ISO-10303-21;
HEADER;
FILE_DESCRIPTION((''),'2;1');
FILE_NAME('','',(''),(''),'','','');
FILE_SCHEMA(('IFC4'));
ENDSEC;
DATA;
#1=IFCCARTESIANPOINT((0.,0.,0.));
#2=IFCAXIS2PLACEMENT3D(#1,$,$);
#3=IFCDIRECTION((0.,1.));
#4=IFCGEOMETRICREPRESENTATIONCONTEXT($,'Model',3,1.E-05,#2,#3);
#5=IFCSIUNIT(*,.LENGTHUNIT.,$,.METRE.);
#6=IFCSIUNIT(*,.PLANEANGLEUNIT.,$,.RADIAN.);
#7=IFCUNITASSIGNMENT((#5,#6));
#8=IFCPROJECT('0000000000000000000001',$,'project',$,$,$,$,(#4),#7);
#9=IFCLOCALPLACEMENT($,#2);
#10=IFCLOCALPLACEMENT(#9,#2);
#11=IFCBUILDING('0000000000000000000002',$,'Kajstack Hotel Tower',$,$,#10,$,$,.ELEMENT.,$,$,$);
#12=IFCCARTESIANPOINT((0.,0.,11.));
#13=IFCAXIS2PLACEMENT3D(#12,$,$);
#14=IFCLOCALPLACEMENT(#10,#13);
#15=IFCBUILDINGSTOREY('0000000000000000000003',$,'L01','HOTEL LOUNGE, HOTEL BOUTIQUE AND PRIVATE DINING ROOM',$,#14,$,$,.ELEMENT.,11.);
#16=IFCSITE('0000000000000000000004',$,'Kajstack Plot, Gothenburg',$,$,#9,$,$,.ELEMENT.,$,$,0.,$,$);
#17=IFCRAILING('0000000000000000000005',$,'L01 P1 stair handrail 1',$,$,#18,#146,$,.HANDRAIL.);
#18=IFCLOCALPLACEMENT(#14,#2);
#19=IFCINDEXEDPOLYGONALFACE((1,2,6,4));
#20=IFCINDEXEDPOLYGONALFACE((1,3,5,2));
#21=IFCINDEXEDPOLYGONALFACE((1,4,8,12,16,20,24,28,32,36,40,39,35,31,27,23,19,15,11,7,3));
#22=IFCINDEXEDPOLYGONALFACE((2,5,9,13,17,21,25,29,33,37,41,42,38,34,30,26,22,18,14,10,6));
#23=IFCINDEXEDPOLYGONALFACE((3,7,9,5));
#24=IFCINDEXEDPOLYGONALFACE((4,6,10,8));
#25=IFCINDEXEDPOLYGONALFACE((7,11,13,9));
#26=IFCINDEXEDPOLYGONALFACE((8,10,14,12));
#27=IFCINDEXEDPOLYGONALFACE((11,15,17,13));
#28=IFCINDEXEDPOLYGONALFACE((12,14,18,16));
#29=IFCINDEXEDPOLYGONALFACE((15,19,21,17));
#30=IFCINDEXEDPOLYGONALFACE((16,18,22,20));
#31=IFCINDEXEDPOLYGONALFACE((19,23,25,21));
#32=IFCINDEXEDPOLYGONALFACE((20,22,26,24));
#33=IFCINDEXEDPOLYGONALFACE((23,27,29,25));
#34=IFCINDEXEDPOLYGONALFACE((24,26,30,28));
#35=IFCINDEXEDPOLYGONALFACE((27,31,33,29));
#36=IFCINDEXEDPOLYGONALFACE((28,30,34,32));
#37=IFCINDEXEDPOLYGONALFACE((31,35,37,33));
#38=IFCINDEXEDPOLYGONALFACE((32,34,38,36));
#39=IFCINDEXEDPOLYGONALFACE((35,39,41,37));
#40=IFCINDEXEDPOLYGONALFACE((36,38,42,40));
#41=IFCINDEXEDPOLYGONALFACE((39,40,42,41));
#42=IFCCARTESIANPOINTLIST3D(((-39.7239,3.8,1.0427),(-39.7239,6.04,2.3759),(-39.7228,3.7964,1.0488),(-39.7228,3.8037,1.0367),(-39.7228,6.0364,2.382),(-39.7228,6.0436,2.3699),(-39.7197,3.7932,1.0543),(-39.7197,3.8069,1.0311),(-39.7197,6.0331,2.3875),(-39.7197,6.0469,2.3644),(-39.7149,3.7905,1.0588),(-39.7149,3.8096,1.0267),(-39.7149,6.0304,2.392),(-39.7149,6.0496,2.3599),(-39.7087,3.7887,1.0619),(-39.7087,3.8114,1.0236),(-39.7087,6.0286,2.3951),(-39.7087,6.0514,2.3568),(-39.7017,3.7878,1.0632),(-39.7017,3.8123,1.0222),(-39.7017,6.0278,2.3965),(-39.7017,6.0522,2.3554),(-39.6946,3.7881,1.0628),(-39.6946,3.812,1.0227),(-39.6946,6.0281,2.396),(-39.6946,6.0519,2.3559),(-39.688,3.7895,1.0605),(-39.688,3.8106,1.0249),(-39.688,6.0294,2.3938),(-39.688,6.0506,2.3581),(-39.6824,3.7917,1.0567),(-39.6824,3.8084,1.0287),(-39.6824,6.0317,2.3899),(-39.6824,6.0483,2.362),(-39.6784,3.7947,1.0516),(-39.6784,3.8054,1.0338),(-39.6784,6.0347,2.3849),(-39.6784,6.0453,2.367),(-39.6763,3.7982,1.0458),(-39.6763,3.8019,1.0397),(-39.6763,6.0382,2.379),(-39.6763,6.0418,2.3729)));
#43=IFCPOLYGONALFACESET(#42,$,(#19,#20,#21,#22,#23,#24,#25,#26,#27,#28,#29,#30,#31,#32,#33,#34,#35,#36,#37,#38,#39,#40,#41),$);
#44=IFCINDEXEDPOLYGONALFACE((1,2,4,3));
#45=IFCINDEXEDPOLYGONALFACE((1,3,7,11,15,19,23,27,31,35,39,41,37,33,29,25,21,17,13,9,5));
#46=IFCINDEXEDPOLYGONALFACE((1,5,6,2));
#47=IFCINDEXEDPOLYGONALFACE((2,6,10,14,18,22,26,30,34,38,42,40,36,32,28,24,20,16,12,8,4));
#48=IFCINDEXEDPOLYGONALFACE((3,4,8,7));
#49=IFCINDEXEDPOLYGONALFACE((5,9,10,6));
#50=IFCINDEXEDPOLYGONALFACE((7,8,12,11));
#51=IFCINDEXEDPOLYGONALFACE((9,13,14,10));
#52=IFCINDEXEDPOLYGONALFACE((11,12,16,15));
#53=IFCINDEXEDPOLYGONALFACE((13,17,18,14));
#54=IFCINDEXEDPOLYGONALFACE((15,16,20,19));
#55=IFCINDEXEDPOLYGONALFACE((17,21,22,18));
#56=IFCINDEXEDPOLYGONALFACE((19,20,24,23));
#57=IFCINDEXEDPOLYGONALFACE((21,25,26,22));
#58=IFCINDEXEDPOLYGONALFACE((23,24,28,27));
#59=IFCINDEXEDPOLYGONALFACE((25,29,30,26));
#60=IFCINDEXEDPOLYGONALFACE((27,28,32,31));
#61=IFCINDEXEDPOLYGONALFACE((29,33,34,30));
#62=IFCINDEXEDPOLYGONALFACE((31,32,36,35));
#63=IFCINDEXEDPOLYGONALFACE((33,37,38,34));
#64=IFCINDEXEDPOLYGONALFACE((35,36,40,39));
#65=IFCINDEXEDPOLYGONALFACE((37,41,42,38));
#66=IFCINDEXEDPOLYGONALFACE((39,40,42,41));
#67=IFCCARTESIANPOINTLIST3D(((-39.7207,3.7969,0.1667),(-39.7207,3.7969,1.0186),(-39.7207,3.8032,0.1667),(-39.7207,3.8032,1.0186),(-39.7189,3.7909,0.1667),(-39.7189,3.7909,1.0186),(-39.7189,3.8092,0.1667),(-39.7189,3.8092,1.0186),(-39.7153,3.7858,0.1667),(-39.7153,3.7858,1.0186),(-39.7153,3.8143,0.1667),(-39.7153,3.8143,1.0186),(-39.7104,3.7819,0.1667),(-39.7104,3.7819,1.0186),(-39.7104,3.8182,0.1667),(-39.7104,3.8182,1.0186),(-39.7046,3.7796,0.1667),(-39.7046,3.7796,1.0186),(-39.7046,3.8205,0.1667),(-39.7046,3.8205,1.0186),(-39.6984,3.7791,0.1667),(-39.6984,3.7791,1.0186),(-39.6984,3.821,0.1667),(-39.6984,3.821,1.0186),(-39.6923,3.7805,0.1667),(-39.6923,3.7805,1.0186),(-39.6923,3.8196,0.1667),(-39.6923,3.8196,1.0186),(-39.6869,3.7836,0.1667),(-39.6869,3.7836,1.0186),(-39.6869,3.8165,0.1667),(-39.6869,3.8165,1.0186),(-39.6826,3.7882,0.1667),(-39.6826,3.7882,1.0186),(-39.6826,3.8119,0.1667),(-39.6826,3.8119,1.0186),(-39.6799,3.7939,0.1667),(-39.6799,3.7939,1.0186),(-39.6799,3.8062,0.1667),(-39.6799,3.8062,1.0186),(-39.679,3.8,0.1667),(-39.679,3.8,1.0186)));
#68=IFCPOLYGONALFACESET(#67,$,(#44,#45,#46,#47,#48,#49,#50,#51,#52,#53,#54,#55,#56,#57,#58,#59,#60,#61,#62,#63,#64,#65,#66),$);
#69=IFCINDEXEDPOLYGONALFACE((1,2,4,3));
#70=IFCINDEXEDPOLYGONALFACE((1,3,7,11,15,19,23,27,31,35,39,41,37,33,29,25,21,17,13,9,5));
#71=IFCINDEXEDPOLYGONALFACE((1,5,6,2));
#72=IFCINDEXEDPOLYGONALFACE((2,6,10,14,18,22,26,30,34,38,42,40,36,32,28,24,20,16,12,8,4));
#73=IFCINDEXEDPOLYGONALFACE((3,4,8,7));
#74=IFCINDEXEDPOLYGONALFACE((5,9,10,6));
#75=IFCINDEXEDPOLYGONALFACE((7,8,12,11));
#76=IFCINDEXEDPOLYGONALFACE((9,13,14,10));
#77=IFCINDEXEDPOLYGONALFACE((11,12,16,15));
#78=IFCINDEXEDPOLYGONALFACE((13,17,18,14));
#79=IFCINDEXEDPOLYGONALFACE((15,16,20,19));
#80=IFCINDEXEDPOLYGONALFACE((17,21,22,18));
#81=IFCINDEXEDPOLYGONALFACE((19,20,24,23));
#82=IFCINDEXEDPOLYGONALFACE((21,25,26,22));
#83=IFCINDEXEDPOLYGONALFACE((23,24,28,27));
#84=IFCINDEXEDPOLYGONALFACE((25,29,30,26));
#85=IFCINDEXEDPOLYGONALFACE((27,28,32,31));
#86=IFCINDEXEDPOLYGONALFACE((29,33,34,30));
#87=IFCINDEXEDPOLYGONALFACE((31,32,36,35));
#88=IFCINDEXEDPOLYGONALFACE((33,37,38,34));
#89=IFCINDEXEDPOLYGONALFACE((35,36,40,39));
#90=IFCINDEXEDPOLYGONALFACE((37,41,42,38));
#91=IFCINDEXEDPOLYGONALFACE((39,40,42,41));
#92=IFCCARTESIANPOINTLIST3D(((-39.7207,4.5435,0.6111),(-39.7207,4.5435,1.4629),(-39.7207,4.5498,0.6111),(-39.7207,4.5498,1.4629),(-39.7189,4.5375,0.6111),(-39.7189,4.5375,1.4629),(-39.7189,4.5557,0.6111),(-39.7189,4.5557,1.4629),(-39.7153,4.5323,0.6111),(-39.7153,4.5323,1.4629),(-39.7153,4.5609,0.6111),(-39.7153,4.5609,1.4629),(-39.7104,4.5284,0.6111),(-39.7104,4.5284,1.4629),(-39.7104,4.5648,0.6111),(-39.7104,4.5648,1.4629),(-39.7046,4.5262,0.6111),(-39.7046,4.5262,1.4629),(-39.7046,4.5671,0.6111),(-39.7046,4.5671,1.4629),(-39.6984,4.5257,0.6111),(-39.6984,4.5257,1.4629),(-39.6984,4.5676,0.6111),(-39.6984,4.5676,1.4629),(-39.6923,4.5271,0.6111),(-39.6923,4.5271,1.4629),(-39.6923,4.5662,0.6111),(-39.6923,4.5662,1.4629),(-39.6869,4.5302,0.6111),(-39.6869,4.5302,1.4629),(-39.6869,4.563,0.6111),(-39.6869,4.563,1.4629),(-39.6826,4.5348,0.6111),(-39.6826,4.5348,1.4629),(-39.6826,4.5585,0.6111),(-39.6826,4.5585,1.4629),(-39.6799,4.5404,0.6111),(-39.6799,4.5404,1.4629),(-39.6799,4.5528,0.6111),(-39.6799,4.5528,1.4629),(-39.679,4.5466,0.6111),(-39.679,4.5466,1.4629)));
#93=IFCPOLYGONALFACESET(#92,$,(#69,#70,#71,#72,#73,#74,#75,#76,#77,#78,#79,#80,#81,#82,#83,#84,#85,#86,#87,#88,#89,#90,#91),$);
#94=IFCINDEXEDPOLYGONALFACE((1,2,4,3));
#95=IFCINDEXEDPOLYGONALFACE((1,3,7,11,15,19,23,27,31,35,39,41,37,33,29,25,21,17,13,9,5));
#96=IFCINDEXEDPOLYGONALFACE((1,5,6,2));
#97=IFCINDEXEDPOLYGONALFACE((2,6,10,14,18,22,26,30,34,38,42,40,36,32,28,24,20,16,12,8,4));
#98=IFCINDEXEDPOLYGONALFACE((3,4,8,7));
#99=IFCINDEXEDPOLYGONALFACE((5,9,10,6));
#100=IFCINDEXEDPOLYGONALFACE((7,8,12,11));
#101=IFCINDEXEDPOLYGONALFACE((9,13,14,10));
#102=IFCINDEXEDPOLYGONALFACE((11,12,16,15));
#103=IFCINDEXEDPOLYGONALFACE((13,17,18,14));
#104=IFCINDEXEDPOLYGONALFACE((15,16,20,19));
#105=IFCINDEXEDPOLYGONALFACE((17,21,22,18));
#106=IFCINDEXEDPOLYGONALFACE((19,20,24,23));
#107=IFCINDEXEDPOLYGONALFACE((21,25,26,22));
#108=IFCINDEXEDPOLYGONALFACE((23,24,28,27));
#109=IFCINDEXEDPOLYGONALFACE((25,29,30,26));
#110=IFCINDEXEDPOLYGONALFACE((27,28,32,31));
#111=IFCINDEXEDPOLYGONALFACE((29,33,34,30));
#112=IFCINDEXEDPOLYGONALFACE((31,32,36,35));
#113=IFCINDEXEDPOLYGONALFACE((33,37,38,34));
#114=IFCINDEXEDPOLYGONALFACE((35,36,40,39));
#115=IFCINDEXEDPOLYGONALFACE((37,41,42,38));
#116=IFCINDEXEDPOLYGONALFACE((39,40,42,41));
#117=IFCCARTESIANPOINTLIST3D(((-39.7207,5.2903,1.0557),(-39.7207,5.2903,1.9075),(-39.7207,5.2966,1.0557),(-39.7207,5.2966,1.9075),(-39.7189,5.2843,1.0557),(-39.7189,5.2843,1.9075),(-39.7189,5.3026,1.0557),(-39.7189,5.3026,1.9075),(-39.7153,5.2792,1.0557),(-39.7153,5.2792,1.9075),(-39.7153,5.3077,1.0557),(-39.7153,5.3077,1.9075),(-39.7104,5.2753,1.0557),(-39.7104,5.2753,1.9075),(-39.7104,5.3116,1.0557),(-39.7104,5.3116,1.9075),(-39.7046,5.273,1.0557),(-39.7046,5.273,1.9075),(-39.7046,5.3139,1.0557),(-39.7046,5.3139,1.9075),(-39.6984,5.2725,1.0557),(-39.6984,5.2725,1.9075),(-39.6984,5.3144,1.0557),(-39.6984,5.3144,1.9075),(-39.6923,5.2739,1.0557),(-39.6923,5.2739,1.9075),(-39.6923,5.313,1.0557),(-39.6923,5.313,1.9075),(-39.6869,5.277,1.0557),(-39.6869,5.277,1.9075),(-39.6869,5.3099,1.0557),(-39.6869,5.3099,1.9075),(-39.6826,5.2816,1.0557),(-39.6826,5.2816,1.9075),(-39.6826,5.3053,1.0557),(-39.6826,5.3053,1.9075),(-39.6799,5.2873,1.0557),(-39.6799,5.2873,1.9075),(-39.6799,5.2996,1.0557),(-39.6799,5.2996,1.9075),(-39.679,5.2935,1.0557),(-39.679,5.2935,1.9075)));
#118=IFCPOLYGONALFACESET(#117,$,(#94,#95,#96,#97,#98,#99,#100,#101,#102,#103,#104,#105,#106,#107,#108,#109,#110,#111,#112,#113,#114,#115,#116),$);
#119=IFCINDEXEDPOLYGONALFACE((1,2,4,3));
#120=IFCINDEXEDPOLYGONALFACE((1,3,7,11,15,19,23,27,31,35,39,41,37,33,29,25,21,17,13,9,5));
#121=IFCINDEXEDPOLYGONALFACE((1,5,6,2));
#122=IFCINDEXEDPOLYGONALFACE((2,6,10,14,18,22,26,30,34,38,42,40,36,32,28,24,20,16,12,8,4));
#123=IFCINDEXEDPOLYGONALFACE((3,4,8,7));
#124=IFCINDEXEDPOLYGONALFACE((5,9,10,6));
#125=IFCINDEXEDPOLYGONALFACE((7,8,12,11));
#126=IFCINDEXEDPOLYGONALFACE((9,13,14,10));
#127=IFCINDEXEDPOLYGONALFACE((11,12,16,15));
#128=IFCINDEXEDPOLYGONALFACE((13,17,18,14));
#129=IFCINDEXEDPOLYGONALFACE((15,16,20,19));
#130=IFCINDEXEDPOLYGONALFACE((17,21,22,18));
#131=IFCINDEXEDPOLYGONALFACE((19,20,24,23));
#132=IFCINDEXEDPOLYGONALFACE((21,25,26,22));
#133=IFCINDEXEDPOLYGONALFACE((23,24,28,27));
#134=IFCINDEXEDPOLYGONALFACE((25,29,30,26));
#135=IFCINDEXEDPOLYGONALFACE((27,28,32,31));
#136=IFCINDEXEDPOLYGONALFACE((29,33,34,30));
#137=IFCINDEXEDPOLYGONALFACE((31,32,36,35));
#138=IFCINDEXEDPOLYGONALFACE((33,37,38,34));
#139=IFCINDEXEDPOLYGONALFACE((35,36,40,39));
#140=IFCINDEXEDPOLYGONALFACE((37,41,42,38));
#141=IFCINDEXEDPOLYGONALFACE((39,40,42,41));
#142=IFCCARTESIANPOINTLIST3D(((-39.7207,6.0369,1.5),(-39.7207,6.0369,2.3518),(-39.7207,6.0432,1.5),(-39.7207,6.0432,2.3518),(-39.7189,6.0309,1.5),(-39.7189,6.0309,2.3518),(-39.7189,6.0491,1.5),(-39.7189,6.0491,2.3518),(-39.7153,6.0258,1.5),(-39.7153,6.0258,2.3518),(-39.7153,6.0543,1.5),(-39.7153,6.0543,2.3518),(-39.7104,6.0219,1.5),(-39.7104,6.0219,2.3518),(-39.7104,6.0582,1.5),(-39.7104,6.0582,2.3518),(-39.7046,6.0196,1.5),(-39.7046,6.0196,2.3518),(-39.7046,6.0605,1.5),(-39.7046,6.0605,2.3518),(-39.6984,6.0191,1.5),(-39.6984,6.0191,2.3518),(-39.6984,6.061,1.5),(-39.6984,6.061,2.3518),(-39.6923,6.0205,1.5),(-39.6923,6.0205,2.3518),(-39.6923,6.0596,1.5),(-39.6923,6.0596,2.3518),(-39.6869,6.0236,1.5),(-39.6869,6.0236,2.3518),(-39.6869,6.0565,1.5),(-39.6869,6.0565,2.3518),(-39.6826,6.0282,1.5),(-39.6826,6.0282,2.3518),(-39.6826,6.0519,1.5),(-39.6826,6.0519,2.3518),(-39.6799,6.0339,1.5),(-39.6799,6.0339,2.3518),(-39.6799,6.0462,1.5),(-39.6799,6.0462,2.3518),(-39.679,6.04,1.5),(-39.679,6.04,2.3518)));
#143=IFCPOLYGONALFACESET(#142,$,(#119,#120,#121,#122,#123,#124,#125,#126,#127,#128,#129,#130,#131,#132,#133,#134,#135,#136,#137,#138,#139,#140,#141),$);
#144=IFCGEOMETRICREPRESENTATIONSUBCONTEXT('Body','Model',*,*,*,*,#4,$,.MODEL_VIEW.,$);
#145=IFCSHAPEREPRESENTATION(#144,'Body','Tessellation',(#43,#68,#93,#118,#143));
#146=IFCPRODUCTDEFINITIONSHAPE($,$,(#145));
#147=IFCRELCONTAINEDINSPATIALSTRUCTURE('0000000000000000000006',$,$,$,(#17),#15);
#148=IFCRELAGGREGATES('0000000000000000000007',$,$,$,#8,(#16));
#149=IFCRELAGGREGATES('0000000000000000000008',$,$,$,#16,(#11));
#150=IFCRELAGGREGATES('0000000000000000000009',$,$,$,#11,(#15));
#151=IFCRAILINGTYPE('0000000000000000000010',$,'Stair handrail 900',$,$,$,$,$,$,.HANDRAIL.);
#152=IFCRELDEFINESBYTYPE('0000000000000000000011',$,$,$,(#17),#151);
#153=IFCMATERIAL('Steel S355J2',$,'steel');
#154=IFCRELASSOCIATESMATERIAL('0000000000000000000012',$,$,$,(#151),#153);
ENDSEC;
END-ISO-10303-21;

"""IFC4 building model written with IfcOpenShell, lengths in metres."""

from ifc_helpers import new_model, si_unit, direction, frame, origin, origin_2d, place, context, subcontext, project, spatial, circle, extrude, material, type_object, element, save


model = new_model("IFC4")

# Units and contexts
model_context = context("Model", 3, precision=1e-05, world=origin(), true_north=direction((0.0, 1.0)))
body_context = subcontext(model_context, "Body", "Model", "MODEL_VIEW")
ifc_project = project(units=[si_unit("LENGTHUNIT", "METRE"), si_unit("PLANEANGLEUNIT", "RADIAN")], contexts=[model_context])

# Site, building, storey
site_placement = place(None, origin())
site = spatial("IfcSite", under=ifc_project, at=site_placement, Name="Kajstack Plot, Gothenburg", CompositionType="ELEMENT", RefElevation=0.0)
building_placement = place(site_placement, origin())
building = spatial("IfcBuilding", under=site, at=building_placement, Name="Kajstack Hotel Tower", CompositionType="ELEMENT")
storey_placement = place(building_placement, frame((0.0, 0.0, 11.0)))
storey = spatial("IfcBuildingStorey", under=building, at=storey_placement, Name="L01", Description="HOTEL LOUNGE, HOTEL BOUTIQUE AND PRIVATE DINING ROOM", CompositionType="ELEMENT", Elevation=11.0)

# Railing
ifc_material_1 = material(Name="Steel S355J2", Category="steel")
railing_type_1 = type_object("IfcRailingType", Name="Stair handrail 900", PredefinedType="HANDRAIL", material=ifc_material_1)
railing_1_placement = place(storey_placement, frame((-39.7, 3.8, 0.1667)))
element("IfcRailing", 1, at=railing_1_placement, inside=storey, type_object=railing_type_1, Name="L01 P1 stair handrail 1", PredefinedType="HANDRAIL", context=body_context, shape_type="SweptSolid", body=[
    extrude(circle(Radius=0.0239, at=origin_2d()), frame((0.0, 0.0, 0.876), z_axis=(0.0, 0.859306, 0.511462), x_axis=(-1.0, 0.0, 0.0)), (0.0, 0.0, 1.0), 2.6067),
    extrude(circle(Radius=0.021, at=origin_2d()), origin(), (0.0, 0.0, 1.0), 0.8518),
    extrude(circle(Radius=0.021, at=origin_2d()), frame((0.0, 0.7466, 0.4443)), (0.0, 0.0, 1.0), 0.8518),
    extrude(circle(Radius=0.021, at=origin_2d()), frame((0.0, 1.4934, 0.8889)), (0.0, 0.0, 1.0), 0.8518),
    extrude(circle(Radius=0.021, at=origin_2d()), frame((0.0, 2.24, 1.3333)), (0.0, 0.0, 1.0), 0.8518),
])

save(model, "model.ifc")
